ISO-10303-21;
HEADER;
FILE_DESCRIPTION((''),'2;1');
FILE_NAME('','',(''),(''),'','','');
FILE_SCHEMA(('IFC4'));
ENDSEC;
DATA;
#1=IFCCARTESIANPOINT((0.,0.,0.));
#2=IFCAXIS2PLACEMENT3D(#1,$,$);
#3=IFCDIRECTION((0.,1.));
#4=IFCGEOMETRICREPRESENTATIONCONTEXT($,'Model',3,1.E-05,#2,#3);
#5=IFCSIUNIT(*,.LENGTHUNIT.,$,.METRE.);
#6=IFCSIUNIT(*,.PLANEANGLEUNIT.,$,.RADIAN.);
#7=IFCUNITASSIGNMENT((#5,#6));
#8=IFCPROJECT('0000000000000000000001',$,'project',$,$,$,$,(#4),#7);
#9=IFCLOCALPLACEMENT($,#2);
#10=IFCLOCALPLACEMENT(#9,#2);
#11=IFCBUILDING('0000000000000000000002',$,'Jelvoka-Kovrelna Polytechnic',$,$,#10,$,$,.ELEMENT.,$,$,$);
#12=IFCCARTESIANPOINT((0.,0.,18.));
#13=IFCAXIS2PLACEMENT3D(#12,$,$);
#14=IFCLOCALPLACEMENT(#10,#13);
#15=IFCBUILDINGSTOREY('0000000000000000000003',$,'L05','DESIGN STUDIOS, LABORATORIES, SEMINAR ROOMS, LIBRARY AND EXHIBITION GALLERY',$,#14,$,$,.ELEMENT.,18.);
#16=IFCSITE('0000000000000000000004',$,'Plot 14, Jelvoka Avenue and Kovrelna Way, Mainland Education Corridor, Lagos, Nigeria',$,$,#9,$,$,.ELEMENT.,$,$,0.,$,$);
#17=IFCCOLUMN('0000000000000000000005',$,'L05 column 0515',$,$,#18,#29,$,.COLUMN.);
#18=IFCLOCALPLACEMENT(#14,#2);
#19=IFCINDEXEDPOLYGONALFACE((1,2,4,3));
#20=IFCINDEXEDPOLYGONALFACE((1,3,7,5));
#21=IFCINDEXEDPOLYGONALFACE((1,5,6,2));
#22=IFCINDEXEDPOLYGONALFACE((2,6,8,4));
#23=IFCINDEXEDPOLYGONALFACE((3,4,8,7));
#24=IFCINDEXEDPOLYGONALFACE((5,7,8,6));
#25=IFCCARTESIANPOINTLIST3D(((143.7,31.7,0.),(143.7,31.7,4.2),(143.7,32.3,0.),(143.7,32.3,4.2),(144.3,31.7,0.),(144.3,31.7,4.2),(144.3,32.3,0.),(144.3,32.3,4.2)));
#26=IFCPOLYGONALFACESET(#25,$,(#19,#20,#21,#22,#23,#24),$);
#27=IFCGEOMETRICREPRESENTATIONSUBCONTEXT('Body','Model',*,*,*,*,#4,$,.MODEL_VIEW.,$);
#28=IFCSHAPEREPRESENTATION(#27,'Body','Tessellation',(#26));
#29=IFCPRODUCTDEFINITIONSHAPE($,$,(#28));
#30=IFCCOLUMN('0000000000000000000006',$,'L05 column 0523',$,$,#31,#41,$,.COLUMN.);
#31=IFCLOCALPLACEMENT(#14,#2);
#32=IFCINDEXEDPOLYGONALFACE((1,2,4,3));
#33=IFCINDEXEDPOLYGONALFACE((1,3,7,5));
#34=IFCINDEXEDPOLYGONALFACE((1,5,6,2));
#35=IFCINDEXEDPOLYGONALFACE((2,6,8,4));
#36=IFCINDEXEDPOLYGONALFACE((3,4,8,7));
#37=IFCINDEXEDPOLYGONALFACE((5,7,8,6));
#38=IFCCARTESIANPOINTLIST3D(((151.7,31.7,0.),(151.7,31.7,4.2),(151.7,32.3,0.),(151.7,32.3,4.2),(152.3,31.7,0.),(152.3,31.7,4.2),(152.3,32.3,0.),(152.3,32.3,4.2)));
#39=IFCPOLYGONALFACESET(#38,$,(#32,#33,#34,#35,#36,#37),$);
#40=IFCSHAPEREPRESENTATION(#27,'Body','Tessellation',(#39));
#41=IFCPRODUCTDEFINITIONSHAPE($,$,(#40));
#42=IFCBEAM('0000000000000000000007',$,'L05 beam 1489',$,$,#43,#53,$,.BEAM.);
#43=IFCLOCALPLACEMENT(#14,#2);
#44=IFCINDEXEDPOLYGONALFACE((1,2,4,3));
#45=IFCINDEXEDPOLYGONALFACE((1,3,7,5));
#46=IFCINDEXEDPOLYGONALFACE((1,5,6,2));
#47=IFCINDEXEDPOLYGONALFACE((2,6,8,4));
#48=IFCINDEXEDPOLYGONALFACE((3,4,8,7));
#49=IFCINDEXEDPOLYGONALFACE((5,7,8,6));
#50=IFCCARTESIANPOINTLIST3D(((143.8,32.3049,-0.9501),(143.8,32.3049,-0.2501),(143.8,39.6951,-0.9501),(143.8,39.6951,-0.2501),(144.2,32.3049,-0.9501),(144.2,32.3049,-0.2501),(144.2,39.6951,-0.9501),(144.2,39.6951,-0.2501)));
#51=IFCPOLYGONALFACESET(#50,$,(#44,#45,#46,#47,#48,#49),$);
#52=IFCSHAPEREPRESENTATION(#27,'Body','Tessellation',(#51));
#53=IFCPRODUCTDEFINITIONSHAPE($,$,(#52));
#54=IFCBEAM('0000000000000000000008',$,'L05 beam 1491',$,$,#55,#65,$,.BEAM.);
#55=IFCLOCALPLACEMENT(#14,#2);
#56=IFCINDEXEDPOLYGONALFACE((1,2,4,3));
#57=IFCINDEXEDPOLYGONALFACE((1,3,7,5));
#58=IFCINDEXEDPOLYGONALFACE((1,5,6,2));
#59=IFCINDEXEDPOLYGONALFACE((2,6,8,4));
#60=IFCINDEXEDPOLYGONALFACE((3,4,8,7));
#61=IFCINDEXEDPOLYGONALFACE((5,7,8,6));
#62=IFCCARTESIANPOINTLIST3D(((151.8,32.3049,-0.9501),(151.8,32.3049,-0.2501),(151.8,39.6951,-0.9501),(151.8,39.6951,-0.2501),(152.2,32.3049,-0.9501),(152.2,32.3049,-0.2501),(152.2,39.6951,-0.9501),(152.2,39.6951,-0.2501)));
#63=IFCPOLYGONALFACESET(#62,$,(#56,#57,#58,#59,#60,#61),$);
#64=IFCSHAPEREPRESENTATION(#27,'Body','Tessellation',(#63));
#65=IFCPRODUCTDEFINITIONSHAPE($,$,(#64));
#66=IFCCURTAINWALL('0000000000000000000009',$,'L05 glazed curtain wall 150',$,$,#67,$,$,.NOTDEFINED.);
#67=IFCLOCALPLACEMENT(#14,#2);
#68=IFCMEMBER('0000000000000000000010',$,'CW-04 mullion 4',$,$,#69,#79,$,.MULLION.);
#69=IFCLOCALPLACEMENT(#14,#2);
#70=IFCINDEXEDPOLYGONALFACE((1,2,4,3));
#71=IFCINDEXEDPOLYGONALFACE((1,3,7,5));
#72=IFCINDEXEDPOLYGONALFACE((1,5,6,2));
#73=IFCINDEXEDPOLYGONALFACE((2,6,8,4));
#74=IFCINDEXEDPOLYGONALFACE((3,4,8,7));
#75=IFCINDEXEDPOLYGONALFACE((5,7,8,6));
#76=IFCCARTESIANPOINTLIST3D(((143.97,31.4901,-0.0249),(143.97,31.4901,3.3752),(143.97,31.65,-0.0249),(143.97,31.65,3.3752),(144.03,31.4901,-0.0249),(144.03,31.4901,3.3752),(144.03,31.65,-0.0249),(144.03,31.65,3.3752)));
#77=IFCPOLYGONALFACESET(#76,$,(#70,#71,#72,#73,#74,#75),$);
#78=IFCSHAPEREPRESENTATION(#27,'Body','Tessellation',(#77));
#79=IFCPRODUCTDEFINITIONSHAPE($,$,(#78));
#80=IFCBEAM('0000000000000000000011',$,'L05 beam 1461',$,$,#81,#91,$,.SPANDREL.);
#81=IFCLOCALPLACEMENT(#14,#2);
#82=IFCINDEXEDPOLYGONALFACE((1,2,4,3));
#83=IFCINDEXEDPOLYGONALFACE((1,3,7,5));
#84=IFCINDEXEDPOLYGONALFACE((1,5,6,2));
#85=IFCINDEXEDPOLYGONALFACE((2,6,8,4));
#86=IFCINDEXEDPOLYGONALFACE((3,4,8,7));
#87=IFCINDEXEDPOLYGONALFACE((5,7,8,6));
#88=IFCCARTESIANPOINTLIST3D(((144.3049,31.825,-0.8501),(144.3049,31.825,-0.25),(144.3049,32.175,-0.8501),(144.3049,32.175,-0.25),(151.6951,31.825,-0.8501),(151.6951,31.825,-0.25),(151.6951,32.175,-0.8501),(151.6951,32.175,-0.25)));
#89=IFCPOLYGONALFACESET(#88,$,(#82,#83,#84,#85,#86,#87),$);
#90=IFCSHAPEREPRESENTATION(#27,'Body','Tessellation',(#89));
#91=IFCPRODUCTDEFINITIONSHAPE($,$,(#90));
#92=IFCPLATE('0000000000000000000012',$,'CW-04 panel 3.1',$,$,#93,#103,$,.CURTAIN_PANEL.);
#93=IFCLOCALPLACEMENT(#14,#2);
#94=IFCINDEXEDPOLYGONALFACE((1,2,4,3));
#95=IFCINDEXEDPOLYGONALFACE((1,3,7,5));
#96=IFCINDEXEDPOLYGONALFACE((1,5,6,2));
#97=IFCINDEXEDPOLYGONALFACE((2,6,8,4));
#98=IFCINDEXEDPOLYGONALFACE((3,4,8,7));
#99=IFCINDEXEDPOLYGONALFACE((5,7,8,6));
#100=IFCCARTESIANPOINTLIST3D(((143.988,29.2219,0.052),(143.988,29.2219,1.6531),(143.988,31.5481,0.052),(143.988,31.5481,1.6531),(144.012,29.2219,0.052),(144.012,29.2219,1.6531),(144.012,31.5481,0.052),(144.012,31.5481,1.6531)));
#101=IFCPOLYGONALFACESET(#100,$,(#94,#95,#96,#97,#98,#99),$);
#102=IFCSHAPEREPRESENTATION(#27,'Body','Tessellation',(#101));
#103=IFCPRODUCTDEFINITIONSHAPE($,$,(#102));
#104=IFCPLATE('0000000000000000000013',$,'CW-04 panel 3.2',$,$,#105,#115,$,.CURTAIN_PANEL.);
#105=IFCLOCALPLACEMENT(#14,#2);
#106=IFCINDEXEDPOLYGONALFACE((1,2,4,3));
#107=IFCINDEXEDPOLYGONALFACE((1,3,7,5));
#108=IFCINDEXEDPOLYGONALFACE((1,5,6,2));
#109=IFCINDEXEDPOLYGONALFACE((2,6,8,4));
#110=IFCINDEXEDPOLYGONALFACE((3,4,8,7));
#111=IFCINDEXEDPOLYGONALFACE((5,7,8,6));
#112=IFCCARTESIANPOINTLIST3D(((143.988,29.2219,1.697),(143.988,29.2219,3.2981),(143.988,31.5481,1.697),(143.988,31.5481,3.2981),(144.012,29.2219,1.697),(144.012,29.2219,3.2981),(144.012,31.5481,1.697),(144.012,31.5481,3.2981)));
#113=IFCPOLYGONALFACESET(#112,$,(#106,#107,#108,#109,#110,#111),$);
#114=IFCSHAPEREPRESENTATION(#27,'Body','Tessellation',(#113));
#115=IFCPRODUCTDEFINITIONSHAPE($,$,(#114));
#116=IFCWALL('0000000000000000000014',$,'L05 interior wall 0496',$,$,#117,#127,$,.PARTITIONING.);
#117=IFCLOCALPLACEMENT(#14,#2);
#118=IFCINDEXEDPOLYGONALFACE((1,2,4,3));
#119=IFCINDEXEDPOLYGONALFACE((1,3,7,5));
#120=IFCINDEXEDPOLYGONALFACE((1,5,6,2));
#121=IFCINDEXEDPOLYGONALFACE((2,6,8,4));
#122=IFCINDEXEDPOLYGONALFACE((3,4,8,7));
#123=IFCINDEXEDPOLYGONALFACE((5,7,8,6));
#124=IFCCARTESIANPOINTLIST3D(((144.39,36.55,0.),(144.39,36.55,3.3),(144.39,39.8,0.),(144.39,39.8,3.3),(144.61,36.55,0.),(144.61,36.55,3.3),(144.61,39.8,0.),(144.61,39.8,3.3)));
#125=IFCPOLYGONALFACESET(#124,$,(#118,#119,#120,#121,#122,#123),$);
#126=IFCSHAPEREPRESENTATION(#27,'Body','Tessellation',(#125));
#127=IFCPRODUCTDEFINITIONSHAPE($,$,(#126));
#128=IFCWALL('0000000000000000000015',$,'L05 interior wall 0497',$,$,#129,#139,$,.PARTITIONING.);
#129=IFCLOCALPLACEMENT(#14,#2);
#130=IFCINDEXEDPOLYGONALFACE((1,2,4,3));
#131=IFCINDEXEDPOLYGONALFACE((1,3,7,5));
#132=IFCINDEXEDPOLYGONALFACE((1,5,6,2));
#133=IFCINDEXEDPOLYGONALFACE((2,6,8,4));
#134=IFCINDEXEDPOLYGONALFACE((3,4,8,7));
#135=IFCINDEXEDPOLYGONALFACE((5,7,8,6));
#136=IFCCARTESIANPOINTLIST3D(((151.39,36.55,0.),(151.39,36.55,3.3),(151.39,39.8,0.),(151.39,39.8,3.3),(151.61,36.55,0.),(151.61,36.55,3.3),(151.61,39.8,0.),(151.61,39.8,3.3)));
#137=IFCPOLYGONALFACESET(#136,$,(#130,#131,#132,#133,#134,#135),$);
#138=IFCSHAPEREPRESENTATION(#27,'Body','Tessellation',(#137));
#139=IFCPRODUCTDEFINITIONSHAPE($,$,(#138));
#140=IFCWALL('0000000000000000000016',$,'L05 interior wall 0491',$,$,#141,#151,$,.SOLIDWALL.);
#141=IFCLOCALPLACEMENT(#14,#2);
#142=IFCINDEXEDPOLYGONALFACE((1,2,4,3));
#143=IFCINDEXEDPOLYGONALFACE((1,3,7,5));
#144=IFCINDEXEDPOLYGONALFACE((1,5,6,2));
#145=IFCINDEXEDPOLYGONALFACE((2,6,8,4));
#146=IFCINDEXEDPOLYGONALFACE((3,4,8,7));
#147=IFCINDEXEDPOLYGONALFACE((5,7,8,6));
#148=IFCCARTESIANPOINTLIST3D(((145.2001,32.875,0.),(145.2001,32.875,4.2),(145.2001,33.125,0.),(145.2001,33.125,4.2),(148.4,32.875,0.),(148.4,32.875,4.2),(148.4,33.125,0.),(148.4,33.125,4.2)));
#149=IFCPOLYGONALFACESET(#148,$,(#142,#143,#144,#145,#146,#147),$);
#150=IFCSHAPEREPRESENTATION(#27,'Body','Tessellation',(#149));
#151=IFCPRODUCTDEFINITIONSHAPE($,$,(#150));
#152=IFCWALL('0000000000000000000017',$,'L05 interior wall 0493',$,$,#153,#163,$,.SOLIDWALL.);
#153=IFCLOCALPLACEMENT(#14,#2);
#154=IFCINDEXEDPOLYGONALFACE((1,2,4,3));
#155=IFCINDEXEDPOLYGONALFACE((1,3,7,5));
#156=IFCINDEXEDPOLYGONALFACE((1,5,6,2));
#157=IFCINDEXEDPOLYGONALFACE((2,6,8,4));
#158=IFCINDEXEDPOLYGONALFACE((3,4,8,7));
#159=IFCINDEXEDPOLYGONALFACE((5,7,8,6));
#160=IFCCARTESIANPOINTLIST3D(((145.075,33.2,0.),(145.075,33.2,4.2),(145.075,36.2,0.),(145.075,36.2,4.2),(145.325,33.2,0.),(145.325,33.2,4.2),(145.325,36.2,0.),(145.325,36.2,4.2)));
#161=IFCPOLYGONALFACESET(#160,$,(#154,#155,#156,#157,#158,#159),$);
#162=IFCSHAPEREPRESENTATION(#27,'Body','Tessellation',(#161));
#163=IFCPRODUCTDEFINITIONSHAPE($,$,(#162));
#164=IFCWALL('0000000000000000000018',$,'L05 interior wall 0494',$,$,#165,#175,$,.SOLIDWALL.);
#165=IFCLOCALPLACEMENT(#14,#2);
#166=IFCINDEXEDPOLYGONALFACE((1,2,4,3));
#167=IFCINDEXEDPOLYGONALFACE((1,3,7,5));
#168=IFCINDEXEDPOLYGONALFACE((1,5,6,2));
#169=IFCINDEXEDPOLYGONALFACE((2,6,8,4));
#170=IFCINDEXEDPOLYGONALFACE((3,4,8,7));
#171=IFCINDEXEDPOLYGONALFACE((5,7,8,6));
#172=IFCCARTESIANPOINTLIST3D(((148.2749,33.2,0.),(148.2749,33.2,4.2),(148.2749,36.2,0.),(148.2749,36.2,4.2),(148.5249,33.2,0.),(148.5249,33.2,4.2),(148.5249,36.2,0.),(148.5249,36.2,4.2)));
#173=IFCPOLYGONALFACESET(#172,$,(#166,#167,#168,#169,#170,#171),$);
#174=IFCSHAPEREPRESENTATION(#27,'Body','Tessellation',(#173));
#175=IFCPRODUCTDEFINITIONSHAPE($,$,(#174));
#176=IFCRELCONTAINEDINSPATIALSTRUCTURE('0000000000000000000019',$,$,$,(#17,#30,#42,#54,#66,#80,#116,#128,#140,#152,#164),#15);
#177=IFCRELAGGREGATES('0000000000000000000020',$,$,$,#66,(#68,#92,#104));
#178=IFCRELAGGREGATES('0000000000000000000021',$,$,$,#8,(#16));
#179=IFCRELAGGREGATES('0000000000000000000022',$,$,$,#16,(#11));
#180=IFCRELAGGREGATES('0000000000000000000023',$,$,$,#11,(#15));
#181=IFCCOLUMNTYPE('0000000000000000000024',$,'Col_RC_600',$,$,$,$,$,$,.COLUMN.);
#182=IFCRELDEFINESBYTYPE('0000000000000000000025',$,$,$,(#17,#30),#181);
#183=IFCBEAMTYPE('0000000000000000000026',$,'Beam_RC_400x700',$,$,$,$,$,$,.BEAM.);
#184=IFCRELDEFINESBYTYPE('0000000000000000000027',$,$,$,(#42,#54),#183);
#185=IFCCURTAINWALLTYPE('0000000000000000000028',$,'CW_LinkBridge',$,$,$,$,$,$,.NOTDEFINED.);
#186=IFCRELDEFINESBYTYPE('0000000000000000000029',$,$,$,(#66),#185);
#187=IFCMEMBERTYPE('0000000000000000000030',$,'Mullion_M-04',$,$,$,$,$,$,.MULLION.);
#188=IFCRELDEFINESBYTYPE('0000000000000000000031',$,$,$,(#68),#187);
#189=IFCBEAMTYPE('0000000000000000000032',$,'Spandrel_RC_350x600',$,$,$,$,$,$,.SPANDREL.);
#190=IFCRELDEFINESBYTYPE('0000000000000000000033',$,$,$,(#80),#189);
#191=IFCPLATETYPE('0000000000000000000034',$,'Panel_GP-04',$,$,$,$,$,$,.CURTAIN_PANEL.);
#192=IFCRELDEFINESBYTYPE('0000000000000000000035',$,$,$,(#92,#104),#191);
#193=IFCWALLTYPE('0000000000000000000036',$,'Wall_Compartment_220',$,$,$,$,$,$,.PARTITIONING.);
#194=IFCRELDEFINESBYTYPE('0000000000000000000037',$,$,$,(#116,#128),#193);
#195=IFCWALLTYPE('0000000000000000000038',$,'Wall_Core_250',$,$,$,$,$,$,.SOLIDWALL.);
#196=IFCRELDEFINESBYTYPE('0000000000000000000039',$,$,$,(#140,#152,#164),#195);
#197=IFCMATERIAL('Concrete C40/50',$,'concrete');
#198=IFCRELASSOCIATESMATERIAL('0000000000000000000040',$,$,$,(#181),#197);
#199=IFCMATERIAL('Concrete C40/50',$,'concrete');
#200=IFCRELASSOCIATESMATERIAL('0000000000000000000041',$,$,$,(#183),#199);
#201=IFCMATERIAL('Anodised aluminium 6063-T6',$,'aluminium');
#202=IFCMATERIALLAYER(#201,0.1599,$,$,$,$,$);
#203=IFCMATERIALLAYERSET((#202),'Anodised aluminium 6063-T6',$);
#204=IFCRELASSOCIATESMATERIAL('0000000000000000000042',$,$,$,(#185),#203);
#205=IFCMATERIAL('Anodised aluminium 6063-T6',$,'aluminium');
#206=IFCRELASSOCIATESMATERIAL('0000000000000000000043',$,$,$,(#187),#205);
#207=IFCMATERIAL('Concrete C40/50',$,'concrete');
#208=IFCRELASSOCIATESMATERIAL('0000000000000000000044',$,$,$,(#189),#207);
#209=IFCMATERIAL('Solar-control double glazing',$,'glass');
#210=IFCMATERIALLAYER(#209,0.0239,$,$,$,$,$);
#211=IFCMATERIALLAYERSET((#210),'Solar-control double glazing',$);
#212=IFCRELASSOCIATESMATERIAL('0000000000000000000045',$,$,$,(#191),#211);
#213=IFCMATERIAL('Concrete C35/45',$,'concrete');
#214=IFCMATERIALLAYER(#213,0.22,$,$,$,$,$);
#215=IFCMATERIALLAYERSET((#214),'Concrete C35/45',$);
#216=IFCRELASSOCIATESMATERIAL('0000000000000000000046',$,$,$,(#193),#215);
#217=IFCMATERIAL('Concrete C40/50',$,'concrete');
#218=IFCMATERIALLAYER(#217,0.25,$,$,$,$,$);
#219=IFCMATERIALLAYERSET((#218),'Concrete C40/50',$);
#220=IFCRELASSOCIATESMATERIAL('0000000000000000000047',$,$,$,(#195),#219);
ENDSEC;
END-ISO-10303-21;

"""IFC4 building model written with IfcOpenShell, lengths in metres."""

from ifc_helpers import new_model, si_unit, direction, frame, frame_2d, origin, origin_2d, place, context, subcontext, project, spatial, rectangle, extrude, material, layer, layer_set, material_profile, profile_set, type_object, element, aggregate, save


model = new_model("IFC4")

# Units and contexts
model_context = context("Model", 3, precision=1e-05, world=origin(), true_north=direction((0.0, 1.0)))
body_context = subcontext(model_context, "Body", "Model", "MODEL_VIEW")
ifc_project = project(units=[si_unit("LENGTHUNIT", "METRE"), si_unit("PLANEANGLEUNIT", "RADIAN")], contexts=[model_context])

# Site, building, storey
site_placement = place(None, origin())
site = spatial("IfcSite", under=ifc_project, at=site_placement, Name="Plot 14, Jelvoka Avenue and Kovrelna Way, Mainland Education Corridor, Lagos, Nigeria", CompositionType="ELEMENT", RefElevation=0.0)
building_placement = place(site_placement, origin())
building = spatial("IfcBuilding", under=site, at=building_placement, Name="Jelvoka-Kovrelna Polytechnic", CompositionType="ELEMENT")
storey_placement = place(building_placement, frame((0.0, 0.0, 18.0)))
storey = spatial("IfcBuildingStorey", under=building, at=storey_placement, Name="L05", Description="DESIGN STUDIOS, LABORATORIES, SEMINAR ROOMS, LIBRARY AND EXHIBITION GALLERY", CompositionType="ELEMENT", Elevation=18.0)

# Columns
ifc_material_1 = material(Name="Concrete C40/50", Category="concrete")
ifc_material_profile_1 = material_profile(ifc_material_1, rectangle(XDim=0.6001, YDim=0.6001, at=origin_2d()), Name="RC 600x600")
ifc_profile_set_1 = profile_set([ifc_material_profile_1], Name="Concrete C40/50")
column_type = type_object("IfcColumnType", Name="Col_RC_600", PredefinedType="COLUMN", material=ifc_profile_set_1)
for number, where, z_axis, x_axis, name in (
    (1, (144.0, 32.0, 0.0), (0.0, 0.0, 1.0), (1.0, 0.0, 0.0), "L05 column 0515"),
    (2, (152.0, 32.0, 0.0), (0.0, 0.0, 1.0), (1.0, 0.0, 0.0), "L05 column 0523"),
):
    element("IfcColumn", number, at=place(storey_placement, frame(where, z_axis=z_axis, x_axis=x_axis)), inside=storey, type_object=column_type, Name=name, PredefinedType="COLUMN", context=body_context, shape_type="SweptSolid", body=[
        extrude(rectangle(XDim=0.6001, YDim=0.6001, at=origin_2d()), origin(), (0.0, 0.0, 1.0), 4.2),
    ])

# Beams
ifc_material_2 = material(Name="Concrete C40/50", Category="concrete")
ifc_material_profile_2 = material_profile(ifc_material_2, rectangle(XDim=0.3999, YDim=0.7, at=origin_2d()), Name="RC 400x700")
ifc_profile_set_2 = profile_set([ifc_material_profile_2], Name="Concrete C40/50")
beam_type_1 = type_object("IfcBeamType", Name="Beam_RC_400x700", PredefinedType="BEAM", material=ifc_profile_set_2)
for number, where, z_axis, x_axis, name in (
    (3, (144.0, 32.3049, -0.6001), (0.0, 1.0, 0.0), (-1.0, 0.0, 0.0), "L05 beam 1489"),
    (4, (152.0, 32.3049, -0.6001), (0.0, 1.0, 0.0), (-1.0, 0.0, 0.0), "L05 beam 1491"),
):
    element("IfcBeam", number, at=place(storey_placement, frame(where, z_axis=z_axis, x_axis=x_axis)), inside=storey, type_object=beam_type_1, Name=name, PredefinedType="BEAM", context=body_context, shape_type="SweptSolid", body=[
        extrude(rectangle(XDim=0.3999, YDim=0.7, at=origin_2d()), origin(), (0.0, 0.0, 1.0), 7.3901),
    ])

# Curtain wall, member
ifc_material_3 = material(Name="Anodised aluminium 6063-T6", Category="aluminium")
ifc_layer_1 = layer(ifc_material_3, 0.1599)
ifc_layer_set_1 = layer_set([ifc_layer_1], Name="Anodised aluminium 6063-T6")
curtain_wall_type = type_object("IfcCurtainWallType", Name="CW_LinkBridge", PredefinedType="NOTDEFINED", material=ifc_layer_set_1)
curtain_wall_placement = place(storey_placement, origin())
curtain_wall = element("IfcCurtainWall", 5, at=curtain_wall_placement, inside=storey, type_object=curtain_wall_type, Name="L05 glazed curtain wall 150", PredefinedType="NOTDEFINED")
ifc_material_4 = material(Name="Anodised aluminium 6063-T6", Category="aluminium")
ifc_material_profile_3 = material_profile(ifc_material_4, rectangle(XDim=0.0601, YDim=0.1599, at=origin_2d()), Name="ALU 60x160")
ifc_profile_set_3 = profile_set([ifc_material_profile_3], Name="Anodised aluminium 6063-T6")
member_type = type_object("IfcMemberType", Name="Mullion_M-04", PredefinedType="MULLION", material=ifc_profile_set_3)
member_placement = place(storey_placement, frame((144.0, 31.5701, -0.0249), z_axis=(0.0, 0.0, 1.0), x_axis=(-1.0, 0.0, 0.0)))
member = element("IfcMember", 6, at=member_placement, type_object=member_type, Name="CW-04 mullion 4", PredefinedType="MULLION", context=body_context, shape_type="SweptSolid", body=[
    extrude(rectangle(XDim=0.0601, YDim=0.1599, at=origin_2d()), origin(), (0.0, 0.0, 1.0), 3.4001),
])

# Beam
ifc_material_5 = material(Name="Concrete C40/50", Category="concrete")
ifc_material_profile_4 = material_profile(ifc_material_5, rectangle(XDim=0.3501, YDim=0.6001, at=origin_2d()), Name="RC 350x600")
ifc_profile_set_4 = profile_set([ifc_material_profile_4], Name="Concrete C40/50")
beam_type_2 = type_object("IfcBeamType", Name="Spandrel_RC_350x600", PredefinedType="SPANDREL", material=ifc_profile_set_4)
beam_placement = place(storey_placement, frame((144.3049, 32.0, -0.55), z_axis=(1.0, 0.0, 0.0), x_axis=(0.0, 1.0, 0.0)))
element("IfcBeam", 7, at=beam_placement, inside=storey, type_object=beam_type_2, Name="L05 beam 1461", PredefinedType="SPANDREL", context=body_context, shape_type="SweptSolid", body=[
    extrude(rectangle(XDim=0.3501, YDim=0.6001, at=origin_2d()), origin(), (0.0, 0.0, 1.0), 7.3901),
])

# Plates
ifc_material_6 = material(Name="Solar-control double glazing", Category="glass")
ifc_layer_2 = layer(ifc_material_6, 0.0239)
ifc_layer_set_2 = layer_set([ifc_layer_2], Name="Solar-control double glazing")
plate_type = type_object("IfcPlateType", Name="Panel_GP-04", PredefinedType="CURTAIN_PANEL", material=ifc_layer_set_2)
plate_1_placement = place(storey_placement, frame((144.0, 30.385, 0.052), z_axis=(0.0, 0.0, 1.0), x_axis=(0.0, 1.0, 0.0)))
plate_1 = element("IfcPlate", 8, at=plate_1_placement, type_object=plate_type, Name="CW-04 panel 3.1", PredefinedType="CURTAIN_PANEL", context=body_context, shape_type="SweptSolid", body=[
    extrude(rectangle(XDim=2.3262, YDim=0.0239, at=origin_2d()), origin(), (0.0, 0.0, 1.0), 1.6011),
])
plate_2_placement = place(storey_placement, frame((144.0, 30.385, 1.697), z_axis=(0.0, 0.0, 1.0), x_axis=(0.0, 1.0, 0.0)))
plate_2 = element("IfcPlate", 9, at=plate_2_placement, type_object=plate_type, Name="CW-04 panel 3.2", PredefinedType="CURTAIN_PANEL", context=body_context, shape_type="SweptSolid", body=[
    extrude(rectangle(XDim=2.3262, YDim=0.0239, at=origin_2d()), origin(), (0.0, 0.0, 1.0), 1.6011),
])
aggregate(curtain_wall, [member, plate_1, plate_2])

# Walls
ifc_material_7 = material(Name="Concrete C35/45", Category="concrete")
ifc_layer_3 = layer(ifc_material_7, 0.22)
ifc_layer_set_3 = layer_set([ifc_layer_3], Name="Concrete C35/45")
wall_type_1 = type_object("IfcWallType", Name="Wall_Compartment_220", PredefinedType="PARTITIONING", material=ifc_layer_set_3)
for number, where, z_axis, x_axis, name in (
    (10, (144.5, 36.55, 0.0), (0.0, 0.0, 1.0), (0.0, 1.0, 0.0), "L05 interior wall 0496"),
    (11, (151.5, 36.55, 0.0), (0.0, 0.0, 1.0), (0.0, 1.0, 0.0), "L05 interior wall 0497"),
):
    element("IfcWall", number, at=place(storey_placement, frame(where, z_axis=z_axis, x_axis=x_axis)), inside=storey, type_object=wall_type_1, Name=name, PredefinedType="PARTITIONING", context=body_context, shape_type="SweptSolid", body=[
        extrude(rectangle(XDim=3.25, YDim=0.22, at=frame_2d((1.625, 0.0))), origin(), (0.0, 0.0, 1.0), 3.3),
    ])
ifc_material_8 = material(Name="Concrete C40/50", Category="concrete")
ifc_layer_4 = layer(ifc_material_8, 0.25)
ifc_layer_set_4 = layer_set([ifc_layer_4], Name="Concrete C40/50")
wall_type_2 = type_object("IfcWallType", Name="Wall_Core_250", PredefinedType="SOLIDWALL", material=ifc_layer_set_4)
wall_1_placement = place(storey_placement, frame((145.2, 33.0, 0.0), z_axis=(0.0, 0.0, 1.0), x_axis=(1.0, 0.0, 0.0)))
element("IfcWall", 12, at=wall_1_placement, inside=storey, type_object=wall_type_2, Name="L05 interior wall 0491", PredefinedType="SOLIDWALL", context=body_context, shape_type="SweptSolid", body=[
    extrude(rectangle(XDim=3.2, YDim=0.25, at=frame_2d((1.6001, 0.0))), origin(), (0.0, 0.0, 1.0), 4.2),
])

# Walls
for number, where, z_axis, x_axis, name in (
    (13, (145.2, 33.2, 0.0), (0.0, 0.0, 1.0), (0.0, 1.0, 0.0), "L05 interior wall 0493"),
    (14, (148.3999, 33.2, 0.0), (0.0, 0.0, 1.0), (0.0, 1.0, 0.0), "L05 interior wall 0494"),
):
    element("IfcWall", number, at=place(storey_placement, frame(where, z_axis=z_axis, x_axis=x_axis)), inside=storey, type_object=wall_type_2, Name=name, PredefinedType="SOLIDWALL", context=body_context, shape_type="SweptSolid", body=[
        extrude(rectangle(XDim=3.0, YDim=0.25, at=frame_2d((1.5, 0.0))), origin(), (0.0, 0.0, 1.0), 4.2),
    ])

save(model, "model.ifc")
